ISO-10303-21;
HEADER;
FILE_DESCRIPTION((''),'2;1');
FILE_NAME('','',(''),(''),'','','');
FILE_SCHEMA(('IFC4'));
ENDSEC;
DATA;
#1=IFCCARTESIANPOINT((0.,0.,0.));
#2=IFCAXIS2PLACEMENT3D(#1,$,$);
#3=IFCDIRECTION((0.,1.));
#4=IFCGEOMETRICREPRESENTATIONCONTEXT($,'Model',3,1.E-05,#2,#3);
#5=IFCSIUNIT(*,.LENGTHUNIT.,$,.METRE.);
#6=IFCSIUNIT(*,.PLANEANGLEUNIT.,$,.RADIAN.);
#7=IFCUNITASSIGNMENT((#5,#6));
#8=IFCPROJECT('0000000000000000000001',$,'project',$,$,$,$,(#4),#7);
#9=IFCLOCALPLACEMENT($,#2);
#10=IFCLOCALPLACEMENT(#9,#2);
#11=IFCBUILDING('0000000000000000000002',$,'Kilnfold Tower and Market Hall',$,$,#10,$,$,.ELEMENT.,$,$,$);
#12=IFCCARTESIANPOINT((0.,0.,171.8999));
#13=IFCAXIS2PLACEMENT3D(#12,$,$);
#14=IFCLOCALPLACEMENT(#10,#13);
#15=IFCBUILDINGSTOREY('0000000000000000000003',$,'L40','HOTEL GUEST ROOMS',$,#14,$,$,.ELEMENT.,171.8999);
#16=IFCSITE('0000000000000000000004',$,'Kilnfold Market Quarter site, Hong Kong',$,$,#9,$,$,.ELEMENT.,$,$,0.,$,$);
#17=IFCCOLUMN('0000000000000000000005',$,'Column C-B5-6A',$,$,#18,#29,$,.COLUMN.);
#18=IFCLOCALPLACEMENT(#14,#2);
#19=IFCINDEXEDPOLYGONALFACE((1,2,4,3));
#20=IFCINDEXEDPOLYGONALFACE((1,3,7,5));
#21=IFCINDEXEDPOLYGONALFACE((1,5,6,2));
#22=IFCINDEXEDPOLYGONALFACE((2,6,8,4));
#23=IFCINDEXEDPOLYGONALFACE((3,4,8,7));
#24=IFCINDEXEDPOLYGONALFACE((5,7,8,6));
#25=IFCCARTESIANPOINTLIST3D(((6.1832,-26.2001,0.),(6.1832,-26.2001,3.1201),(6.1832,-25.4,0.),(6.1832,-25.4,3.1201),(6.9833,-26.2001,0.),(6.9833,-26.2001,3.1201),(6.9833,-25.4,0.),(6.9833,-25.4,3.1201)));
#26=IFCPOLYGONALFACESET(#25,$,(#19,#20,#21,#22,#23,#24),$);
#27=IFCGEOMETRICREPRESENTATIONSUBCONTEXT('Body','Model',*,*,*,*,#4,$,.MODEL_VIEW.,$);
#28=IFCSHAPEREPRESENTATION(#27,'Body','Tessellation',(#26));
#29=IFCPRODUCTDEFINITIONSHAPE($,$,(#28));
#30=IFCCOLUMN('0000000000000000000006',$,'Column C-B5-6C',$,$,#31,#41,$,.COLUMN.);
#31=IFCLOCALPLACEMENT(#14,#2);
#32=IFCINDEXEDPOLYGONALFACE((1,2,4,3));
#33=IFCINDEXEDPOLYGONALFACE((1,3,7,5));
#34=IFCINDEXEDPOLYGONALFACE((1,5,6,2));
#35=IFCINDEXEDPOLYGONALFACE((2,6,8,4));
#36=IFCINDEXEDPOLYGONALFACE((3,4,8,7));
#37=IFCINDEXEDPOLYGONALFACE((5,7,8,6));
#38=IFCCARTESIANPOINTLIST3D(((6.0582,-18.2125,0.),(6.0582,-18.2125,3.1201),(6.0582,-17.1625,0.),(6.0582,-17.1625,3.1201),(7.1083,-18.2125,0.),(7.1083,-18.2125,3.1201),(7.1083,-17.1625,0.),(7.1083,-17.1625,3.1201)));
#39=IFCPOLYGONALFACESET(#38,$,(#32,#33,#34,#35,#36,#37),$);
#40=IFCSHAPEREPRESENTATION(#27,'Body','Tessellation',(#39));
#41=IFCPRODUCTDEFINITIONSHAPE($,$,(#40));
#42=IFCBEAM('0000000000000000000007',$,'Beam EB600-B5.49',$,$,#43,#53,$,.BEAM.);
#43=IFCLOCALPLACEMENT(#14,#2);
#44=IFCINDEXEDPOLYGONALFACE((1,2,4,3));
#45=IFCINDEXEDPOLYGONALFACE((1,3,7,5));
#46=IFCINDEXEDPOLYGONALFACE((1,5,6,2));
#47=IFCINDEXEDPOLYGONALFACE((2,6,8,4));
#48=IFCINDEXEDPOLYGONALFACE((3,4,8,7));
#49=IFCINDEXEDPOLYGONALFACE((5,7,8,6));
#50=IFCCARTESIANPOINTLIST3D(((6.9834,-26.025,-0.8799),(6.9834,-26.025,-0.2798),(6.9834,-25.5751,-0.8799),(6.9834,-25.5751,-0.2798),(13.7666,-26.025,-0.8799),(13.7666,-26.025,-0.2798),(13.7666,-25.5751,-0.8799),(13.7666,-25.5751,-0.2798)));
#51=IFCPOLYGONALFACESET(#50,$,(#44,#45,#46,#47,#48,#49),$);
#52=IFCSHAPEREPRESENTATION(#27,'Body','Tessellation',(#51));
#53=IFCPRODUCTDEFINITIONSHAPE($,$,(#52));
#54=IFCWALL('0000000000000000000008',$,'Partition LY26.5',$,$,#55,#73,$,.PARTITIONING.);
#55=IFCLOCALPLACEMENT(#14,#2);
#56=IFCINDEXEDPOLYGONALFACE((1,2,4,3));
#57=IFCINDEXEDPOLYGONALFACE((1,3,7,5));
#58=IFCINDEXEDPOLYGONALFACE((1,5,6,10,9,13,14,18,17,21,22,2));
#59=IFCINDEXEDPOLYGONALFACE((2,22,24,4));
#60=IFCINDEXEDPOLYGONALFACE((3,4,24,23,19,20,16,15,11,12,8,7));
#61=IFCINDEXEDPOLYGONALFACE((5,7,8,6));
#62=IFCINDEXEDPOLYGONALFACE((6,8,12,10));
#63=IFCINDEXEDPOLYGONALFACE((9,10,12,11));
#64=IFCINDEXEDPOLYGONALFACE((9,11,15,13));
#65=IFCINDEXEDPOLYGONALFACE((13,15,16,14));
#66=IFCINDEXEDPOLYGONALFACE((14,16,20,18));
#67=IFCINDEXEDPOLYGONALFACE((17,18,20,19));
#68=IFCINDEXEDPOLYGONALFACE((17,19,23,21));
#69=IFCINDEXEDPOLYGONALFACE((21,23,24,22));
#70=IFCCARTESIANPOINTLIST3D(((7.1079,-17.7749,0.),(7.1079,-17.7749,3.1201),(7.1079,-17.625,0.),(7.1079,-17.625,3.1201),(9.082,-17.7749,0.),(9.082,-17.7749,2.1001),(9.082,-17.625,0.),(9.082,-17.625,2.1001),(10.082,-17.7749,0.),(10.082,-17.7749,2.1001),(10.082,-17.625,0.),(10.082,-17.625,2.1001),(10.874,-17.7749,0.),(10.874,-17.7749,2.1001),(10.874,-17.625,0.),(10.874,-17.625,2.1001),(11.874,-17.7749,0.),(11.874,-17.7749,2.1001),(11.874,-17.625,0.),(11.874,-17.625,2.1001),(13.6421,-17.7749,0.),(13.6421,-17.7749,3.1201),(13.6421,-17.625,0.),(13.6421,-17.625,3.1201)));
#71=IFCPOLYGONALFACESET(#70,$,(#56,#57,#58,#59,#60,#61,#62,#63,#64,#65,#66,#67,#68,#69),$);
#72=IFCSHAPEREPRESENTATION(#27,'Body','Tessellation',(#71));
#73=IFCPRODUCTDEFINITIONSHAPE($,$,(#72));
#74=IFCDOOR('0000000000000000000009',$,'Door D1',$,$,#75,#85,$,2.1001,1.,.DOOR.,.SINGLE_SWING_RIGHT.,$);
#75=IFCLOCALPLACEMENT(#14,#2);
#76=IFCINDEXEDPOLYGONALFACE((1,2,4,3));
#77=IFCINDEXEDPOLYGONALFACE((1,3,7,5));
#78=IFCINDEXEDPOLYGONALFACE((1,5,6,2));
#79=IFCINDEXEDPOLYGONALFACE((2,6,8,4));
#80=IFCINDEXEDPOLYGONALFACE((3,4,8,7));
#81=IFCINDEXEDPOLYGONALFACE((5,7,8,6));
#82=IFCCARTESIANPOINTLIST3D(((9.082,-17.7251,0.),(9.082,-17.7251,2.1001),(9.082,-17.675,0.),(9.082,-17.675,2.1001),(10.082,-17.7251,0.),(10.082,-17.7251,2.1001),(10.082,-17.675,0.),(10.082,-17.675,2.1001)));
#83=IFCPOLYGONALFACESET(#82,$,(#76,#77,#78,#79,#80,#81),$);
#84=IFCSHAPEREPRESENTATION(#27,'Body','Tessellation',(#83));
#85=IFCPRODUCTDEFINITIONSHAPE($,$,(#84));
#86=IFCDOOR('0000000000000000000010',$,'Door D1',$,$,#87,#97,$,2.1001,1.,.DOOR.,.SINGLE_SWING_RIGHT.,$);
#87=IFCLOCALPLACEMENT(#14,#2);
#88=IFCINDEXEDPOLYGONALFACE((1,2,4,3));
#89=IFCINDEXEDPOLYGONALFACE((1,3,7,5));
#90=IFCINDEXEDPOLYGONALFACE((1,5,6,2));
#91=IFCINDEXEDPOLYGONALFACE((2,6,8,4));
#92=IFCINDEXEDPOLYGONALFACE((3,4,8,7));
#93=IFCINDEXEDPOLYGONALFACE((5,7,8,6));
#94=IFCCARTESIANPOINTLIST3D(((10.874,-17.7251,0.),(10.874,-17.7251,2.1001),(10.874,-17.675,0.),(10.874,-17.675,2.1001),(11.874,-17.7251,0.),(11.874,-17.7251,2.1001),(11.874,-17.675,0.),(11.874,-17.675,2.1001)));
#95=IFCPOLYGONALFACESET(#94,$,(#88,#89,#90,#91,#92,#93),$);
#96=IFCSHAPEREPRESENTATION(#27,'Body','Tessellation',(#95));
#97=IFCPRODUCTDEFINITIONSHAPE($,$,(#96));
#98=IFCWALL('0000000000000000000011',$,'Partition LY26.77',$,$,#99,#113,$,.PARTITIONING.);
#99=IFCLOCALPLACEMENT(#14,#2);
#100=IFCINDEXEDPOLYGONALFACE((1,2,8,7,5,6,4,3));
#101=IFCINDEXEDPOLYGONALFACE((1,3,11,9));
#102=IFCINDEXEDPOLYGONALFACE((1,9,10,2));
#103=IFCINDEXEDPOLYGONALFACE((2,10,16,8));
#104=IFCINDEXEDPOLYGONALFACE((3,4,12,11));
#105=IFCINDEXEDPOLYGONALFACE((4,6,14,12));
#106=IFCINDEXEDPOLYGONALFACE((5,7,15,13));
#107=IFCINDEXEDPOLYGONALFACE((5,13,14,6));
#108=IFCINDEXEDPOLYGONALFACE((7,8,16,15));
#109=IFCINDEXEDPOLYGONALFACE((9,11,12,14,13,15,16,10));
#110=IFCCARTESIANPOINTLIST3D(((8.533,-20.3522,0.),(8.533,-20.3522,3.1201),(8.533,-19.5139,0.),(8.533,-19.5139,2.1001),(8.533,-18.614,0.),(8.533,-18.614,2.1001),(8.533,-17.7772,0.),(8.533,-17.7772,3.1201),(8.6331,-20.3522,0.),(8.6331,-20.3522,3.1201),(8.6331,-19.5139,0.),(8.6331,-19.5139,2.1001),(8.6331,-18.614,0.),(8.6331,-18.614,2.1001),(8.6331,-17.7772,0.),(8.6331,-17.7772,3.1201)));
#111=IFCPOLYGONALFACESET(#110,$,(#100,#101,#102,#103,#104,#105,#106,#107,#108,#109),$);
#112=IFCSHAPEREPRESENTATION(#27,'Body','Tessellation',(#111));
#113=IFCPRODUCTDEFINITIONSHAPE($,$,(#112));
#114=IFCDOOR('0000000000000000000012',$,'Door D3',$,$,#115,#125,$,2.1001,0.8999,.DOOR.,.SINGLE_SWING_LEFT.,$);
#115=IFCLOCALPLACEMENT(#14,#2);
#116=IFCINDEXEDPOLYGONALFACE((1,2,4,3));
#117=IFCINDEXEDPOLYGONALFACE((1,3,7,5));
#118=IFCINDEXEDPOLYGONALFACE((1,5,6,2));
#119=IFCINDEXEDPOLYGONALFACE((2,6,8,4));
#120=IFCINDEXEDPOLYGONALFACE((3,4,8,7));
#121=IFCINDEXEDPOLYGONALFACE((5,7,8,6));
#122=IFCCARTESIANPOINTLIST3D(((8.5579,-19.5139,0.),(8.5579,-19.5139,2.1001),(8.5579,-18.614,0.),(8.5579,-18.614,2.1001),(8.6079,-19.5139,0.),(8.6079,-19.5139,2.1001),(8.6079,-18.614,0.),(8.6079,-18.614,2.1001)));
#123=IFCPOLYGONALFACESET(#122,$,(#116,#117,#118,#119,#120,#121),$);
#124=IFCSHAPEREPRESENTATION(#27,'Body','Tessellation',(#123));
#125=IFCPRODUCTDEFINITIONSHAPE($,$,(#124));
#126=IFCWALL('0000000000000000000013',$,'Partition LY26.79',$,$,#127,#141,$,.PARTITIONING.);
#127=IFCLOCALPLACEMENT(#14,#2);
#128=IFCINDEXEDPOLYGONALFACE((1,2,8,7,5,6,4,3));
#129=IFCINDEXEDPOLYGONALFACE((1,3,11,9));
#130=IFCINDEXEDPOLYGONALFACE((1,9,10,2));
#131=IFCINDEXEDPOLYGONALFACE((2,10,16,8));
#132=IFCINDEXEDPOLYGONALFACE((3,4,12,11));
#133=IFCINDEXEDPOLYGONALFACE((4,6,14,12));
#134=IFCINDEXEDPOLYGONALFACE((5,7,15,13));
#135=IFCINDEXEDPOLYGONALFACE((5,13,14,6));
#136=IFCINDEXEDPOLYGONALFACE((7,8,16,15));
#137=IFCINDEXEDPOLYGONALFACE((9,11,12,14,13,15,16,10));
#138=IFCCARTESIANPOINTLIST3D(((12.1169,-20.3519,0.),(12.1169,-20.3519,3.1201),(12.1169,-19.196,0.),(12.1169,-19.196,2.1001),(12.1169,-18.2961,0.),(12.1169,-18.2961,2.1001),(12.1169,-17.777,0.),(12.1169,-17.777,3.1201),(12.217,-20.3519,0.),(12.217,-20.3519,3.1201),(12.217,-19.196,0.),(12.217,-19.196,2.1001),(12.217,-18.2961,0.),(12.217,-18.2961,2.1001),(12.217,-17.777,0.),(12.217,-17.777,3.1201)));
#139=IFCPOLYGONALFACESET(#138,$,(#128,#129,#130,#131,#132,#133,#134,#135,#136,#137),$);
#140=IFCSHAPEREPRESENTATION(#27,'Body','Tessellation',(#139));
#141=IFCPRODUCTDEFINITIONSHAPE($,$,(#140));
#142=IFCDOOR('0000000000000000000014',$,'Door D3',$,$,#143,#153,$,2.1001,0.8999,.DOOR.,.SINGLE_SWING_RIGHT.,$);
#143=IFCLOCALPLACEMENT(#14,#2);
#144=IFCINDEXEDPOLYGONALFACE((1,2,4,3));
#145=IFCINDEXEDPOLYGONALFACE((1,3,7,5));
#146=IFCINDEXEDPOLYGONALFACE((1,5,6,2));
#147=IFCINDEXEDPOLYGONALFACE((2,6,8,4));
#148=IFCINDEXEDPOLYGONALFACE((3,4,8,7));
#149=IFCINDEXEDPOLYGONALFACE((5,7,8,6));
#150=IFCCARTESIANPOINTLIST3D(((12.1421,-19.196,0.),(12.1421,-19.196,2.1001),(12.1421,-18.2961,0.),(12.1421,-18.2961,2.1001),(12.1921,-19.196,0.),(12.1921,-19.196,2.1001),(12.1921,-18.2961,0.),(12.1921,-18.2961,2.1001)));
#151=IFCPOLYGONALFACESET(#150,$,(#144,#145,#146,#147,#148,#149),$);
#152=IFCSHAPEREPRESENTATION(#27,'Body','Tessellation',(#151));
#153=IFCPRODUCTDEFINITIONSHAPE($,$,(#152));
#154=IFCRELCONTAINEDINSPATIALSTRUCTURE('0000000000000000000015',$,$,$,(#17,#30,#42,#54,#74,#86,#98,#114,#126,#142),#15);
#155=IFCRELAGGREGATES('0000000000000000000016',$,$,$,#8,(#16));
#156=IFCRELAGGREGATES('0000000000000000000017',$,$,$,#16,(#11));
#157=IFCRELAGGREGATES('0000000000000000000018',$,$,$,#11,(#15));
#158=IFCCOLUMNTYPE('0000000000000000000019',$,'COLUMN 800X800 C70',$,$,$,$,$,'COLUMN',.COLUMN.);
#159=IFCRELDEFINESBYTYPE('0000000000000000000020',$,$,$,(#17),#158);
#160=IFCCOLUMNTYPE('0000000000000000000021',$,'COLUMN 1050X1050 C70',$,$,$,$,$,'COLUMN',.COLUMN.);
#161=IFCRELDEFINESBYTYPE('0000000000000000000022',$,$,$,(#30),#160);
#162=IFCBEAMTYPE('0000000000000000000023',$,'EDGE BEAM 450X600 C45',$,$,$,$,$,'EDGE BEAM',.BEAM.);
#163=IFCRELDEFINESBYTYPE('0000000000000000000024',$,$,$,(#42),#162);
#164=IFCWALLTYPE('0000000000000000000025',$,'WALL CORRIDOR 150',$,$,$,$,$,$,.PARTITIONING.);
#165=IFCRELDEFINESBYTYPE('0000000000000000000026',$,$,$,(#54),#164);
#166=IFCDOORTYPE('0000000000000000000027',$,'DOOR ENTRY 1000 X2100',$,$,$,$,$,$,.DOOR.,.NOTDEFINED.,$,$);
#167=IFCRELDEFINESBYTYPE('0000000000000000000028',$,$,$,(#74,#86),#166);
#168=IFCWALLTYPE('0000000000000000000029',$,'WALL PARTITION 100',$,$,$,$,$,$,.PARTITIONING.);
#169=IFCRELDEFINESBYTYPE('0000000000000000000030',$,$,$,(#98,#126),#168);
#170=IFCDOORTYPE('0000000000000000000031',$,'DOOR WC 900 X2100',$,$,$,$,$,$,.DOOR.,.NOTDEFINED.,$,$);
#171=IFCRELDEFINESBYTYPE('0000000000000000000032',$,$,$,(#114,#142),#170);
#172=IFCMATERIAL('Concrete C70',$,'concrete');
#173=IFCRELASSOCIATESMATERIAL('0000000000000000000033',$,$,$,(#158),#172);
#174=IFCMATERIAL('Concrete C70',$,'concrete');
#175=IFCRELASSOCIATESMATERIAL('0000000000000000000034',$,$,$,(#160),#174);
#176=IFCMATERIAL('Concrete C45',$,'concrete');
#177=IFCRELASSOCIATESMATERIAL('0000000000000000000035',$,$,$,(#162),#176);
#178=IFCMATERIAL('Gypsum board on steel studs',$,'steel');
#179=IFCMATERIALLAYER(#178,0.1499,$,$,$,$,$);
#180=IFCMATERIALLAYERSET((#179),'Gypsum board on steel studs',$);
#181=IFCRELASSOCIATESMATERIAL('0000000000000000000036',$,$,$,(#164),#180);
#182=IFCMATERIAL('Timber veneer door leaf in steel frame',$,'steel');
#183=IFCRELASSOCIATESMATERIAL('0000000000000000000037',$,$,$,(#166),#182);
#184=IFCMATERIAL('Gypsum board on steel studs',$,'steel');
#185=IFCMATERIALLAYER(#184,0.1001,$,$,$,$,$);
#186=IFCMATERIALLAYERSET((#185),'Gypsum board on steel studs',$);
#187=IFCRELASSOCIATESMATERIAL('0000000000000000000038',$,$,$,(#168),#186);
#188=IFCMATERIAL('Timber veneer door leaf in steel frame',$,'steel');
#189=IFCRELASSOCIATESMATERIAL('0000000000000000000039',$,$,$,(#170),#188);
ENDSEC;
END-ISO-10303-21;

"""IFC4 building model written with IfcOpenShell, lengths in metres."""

from ifc_helpers import new_model, si_unit, direction, frame, frame_2d, origin, origin_2d, place, context, subcontext, project, spatial, rectangle, extrude, source, transform, mapped, material, layer, layer_set, material_profile, profile_set, type_object, element, fill, save


model = new_model("IFC4")

# Units and contexts
model_context = context("Model", 3, precision=1e-05, world=origin(), true_north=direction((0.0, 1.0)))
body_context = subcontext(model_context, "Body", "Model", "MODEL_VIEW")
ifc_project = project(units=[si_unit("LENGTHUNIT", "METRE"), si_unit("PLANEANGLEUNIT", "RADIAN")], contexts=[model_context])

# Site, building, storey
site_placement = place(None, origin())
site = spatial("IfcSite", under=ifc_project, at=site_placement, Name="Kilnfold Market Quarter site, Hong Kong", CompositionType="ELEMENT", RefElevation=0.0)
building_placement = place(site_placement, origin())
building = spatial("IfcBuilding", under=site, at=building_placement, Name="Kilnfold Tower and Market Hall", CompositionType="ELEMENT")
storey_placement = place(building_placement, frame((0.0, 0.0, 171.8999)))
storey = spatial("IfcBuildingStorey", under=building, at=storey_placement, Name="L40", Description="HOTEL GUEST ROOMS", CompositionType="ELEMENT", Elevation=171.8999)

# Columns
ifc_material_1 = material(Name="Concrete C70", Category="concrete")
ifc_material_profile_1 = material_profile(ifc_material_1, rectangle(XDim=0.8, YDim=0.8, at=origin_2d()), Name="RC 800x800")
ifc_profile_set_1 = profile_set([ifc_material_profile_1], Name="Concrete C70")
column_type_1 = type_object("IfcColumnType", Name="COLUMN 800X800 C70", ElementType="COLUMN", PredefinedType="COLUMN", material=ifc_profile_set_1)
shared_shape_1 = source(origin(), body_context, "Body", "SweptSolid", [
    extrude(rectangle(XDim=0.8, YDim=0.8, at=origin_2d()), origin(), (0.0, 0.0, 1.0), 3.1201),
])
column_1_placement = place(storey_placement, frame((6.5833, -25.8, 0.0), z_axis=(0.0, 0.0, 1.0), x_axis=(1.0, 0.0, 0.0)))
element("IfcColumn", 1, at=column_1_placement, inside=storey, type_object=column_type_1, Name="Column C-B5-6A", PredefinedType="COLUMN", context=body_context, shape_type="MappedRepresentation", body=[
    mapped(shared_shape_1, transform((0.0, 0.0, 0.0))),
])
ifc_material_2 = material(Name="Concrete C70", Category="concrete")
ifc_material_profile_2 = material_profile(ifc_material_2, rectangle(XDim=1.05, YDim=1.05, at=origin_2d()), Name="RC 1050x1050")
ifc_profile_set_2 = profile_set([ifc_material_profile_2], Name="Concrete C70")
column_type_2 = type_object("IfcColumnType", Name="COLUMN 1050X1050 C70", ElementType="COLUMN", PredefinedType="COLUMN", material=ifc_profile_set_2)
shared_shape_2 = source(origin(), body_context, "Body", "SweptSolid", [
    extrude(rectangle(XDim=1.05, YDim=1.05, at=origin_2d()), origin(), (0.0, 0.0, 1.0), 3.1201),
])
column_2_placement = place(storey_placement, frame((6.5833, -17.6875, 0.0), z_axis=(0.0, 0.0, 1.0), x_axis=(1.0, 0.0, 0.0)))
element("IfcColumn", 2, at=column_2_placement, inside=storey, type_object=column_type_2, Name="Column C-B5-6C", PredefinedType="COLUMN", context=body_context, shape_type="MappedRepresentation", body=[
    mapped(shared_shape_2, transform((0.0, 0.0, 0.0))),
])

# Beam
ifc_material_3 = material(Name="Concrete C45", Category="concrete")
ifc_material_profile_3 = material_profile(ifc_material_3, rectangle(XDim=0.45, YDim=0.6001, at=origin_2d()), Name="RC 450x600")
ifc_profile_set_3 = profile_set([ifc_material_profile_3], Name="Concrete C45")
beam_type = type_object("IfcBeamType", Name="EDGE BEAM 450X600 C45", ElementType="EDGE BEAM", PredefinedType="BEAM", material=ifc_profile_set_3)
shared_shape_3 = source(origin(), body_context, "Body", "SweptSolid", [
    extrude(rectangle(XDim=0.45, YDim=0.6001, at=origin_2d()), origin(), (0.0, 0.0, 1.0), 6.7832),
])
beam_placement = place(storey_placement, frame((6.9834, -25.8, -0.5798), z_axis=(1.0, 0.0, 0.0), x_axis=(0.0, 1.0, 0.0)))
element("IfcBeam", 3, at=beam_placement, inside=storey, type_object=beam_type, Name="Beam EB600-B5.49", PredefinedType="BEAM", context=body_context, shape_type="MappedRepresentation", body=[
    mapped(shared_shape_3, transform((0.0, 0.0, 0.0))),
])

# Wall, openings, doors
ifc_material_4 = material(Name="Gypsum board on steel studs", Category="steel")
ifc_layer_1 = layer(ifc_material_4, 0.1499)
ifc_layer_set_1 = layer_set([ifc_layer_1], Name="Gypsum board on steel studs")
wall_type_1 = type_object("IfcWallType", Name="WALL CORRIDOR 150", PredefinedType="PARTITIONING", material=ifc_layer_set_1)
wall_1_placement = place(storey_placement, frame((7.1079, -17.7, 0.0), z_axis=(0.0, 0.0, 1.0), x_axis=(1.0, 0.0, 0.0)))
wall_1 = element("IfcWall", 4, at=wall_1_placement, inside=storey, type_object=wall_type_1, Name="Partition LY26.5", PredefinedType="PARTITIONING", context=body_context, shape_type="SweptSolid", body=[
    extrude(rectangle(XDim=6.5342, YDim=0.1499, at=frame_2d((3.2671, 0.0))), origin(), (0.0, 0.0, 1.0), 3.1201),
])
opening_1_placement = place(wall_1_placement, frame((1.9741, 0.0, 0.0)))
opening_1 = element("IfcOpeningElement", 5, at=opening_1_placement, cuts=wall_1, PredefinedType="OPENING", context=body_context, shape_type="SweptSolid", body=[
    extrude(rectangle(XDim=1.0, YDim=2.1001, at=frame_2d((0.5, 1.05))), frame((0.0, 0.085, 0.0), z_axis=(0.0, -1.0, 0.0), x_axis=(1.0, 0.0, 0.0)), (0.0, 0.0, 1.0), 0.1699),
])
opening_2_placement = place(wall_1_placement, frame((3.7661, 0.0, 0.0)))
opening_2 = element("IfcOpeningElement", 6, at=opening_2_placement, cuts=wall_1, PredefinedType="OPENING", context=body_context, shape_type="SweptSolid", body=[
    extrude(rectangle(XDim=1.0, YDim=2.1001, at=frame_2d((0.5, 1.05))), frame((0.0, 0.085, 0.0), z_axis=(0.0, -1.0, 0.0), x_axis=(1.0, 0.0, 0.0)), (0.0, 0.0, 1.0), 0.1699),
])
ifc_material_5 = material(Name="Timber veneer door leaf in steel frame", Category="steel")
door_type_1 = type_object("IfcDoorType", Name="DOOR ENTRY 1000 X2100", OperationType="NOTDEFINED", PredefinedType="DOOR", material=ifc_material_5)
door_1_placement = place(opening_1_placement, origin())
door_1 = element("IfcDoor", 7, at=door_1_placement, inside=storey, type_object=door_type_1, Name="Door D1", OperationType="SINGLE_SWING_RIGHT", OverallHeight=2.1001, OverallWidth=1.0, PredefinedType="DOOR", context=body_context, shape_type="SweptSolid", body=[
    extrude(rectangle(XDim=1.0, YDim=2.1001, at=frame_2d((0.5, 1.05))), frame((0.0, 0.0249, 0.0), z_axis=(0.0, -1.0, 0.0), x_axis=(1.0, 0.0, 0.0)), (0.0, 0.0, 1.0), 0.05),
])
fill(opening_1, door_1)
door_2_placement = place(opening_2_placement, origin())
door_2 = element("IfcDoor", 8, at=door_2_placement, inside=storey, type_object=door_type_1, Name="Door D1", OperationType="SINGLE_SWING_RIGHT", OverallHeight=2.1001, OverallWidth=1.0, PredefinedType="DOOR", context=body_context, shape_type="SweptSolid", body=[
    extrude(rectangle(XDim=1.0, YDim=2.1001, at=frame_2d((0.5, 1.05))), frame((0.0, 0.0249, 0.0), z_axis=(0.0, -1.0, 0.0), x_axis=(1.0, 0.0, 0.0)), (0.0, 0.0, 1.0), 0.05),
])
fill(opening_2, door_2)

# Walls, openings, doors
ifc_material_6 = material(Name="Gypsum board on steel studs", Category="steel")
ifc_layer_2 = layer(ifc_material_6, 0.1001)
ifc_layer_set_2 = layer_set([ifc_layer_2], Name="Gypsum board on steel studs")
wall_type_2 = type_object("IfcWallType", Name="WALL PARTITION 100", PredefinedType="PARTITIONING", material=ifc_layer_set_2)
wall_2_placement = place(storey_placement, frame((8.583, -17.7771, 0.0), z_axis=(0.0, 0.0, 1.0), x_axis=(0.0, -1.0, 0.0)))
wall_2 = element("IfcWall", 9, at=wall_2_placement, inside=storey, type_object=wall_type_2, Name="Partition LY26.77", PredefinedType="PARTITIONING", context=body_context, shape_type="SweptSolid", body=[
    extrude(rectangle(XDim=2.575, YDim=0.1001, at=frame_2d((1.2876, 0.0))), origin(), (0.0, 0.0, 1.0), 3.1201),
])
opening_3_placement = place(wall_2_placement, frame((0.8369, 0.0, 0.0)))
opening_3 = element("IfcOpeningElement", 10, at=opening_3_placement, cuts=wall_2, PredefinedType="OPENING", context=body_context, shape_type="SweptSolid", body=[
    extrude(rectangle(XDim=0.8999, YDim=2.1001, at=frame_2d((0.45, 1.05))), frame((0.0, 0.0601, 0.0), z_axis=(0.0, -1.0, 0.0), x_axis=(1.0, 0.0, 0.0)), (0.0, 0.0, 1.0), 0.1201),
])
ifc_material_7 = material(Name="Timber veneer door leaf in steel frame", Category="steel")
door_type_2 = type_object("IfcDoorType", Name="DOOR WC 900 X2100", OperationType="NOTDEFINED", PredefinedType="DOOR", material=ifc_material_7)
door_3_placement = place(opening_3_placement, origin())
door_3 = element("IfcDoor", 11, at=door_3_placement, inside=storey, type_object=door_type_2, Name="Door D3", OperationType="SINGLE_SWING_LEFT", OverallHeight=2.1001, OverallWidth=0.8999, PredefinedType="DOOR", context=body_context, shape_type="SweptSolid", body=[
    extrude(rectangle(XDim=0.8999, YDim=2.1001, at=frame_2d((0.45, 1.05))), frame((0.0, 0.0249, 0.0), z_axis=(0.0, -1.0, 0.0), x_axis=(1.0, 0.0, 0.0)), (0.0, 0.0, 1.0), 0.05),
])
fill(opening_3, door_3)
wall_3_placement = place(storey_placement, frame((12.167, -20.3521, 0.0), z_axis=(0.0, 0.0, 1.0), x_axis=(0.0, 1.0, 0.0)))
wall_3 = element("IfcWall", 12, at=wall_3_placement, inside=storey, type_object=wall_type_2, Name="Partition LY26.79", PredefinedType="PARTITIONING", context=body_context, shape_type="SweptSolid", body=[
    extrude(rectangle(XDim=2.575, YDim=0.1001, at=frame_2d((1.2876, 0.0))), origin(), (0.0, 0.0, 1.0), 3.1201),
])
opening_4_placement = place(wall_3_placement, frame((1.156, 0.0, 0.0)))
opening_4 = element("IfcOpeningElement", 13, at=opening_4_placement, cuts=wall_3, PredefinedType="OPENING", context=body_context, shape_type="SweptSolid", body=[
    extrude(rectangle(XDim=0.8999, YDim=2.1001, at=frame_2d((0.45, 1.05))), frame((0.0, 0.0601, 0.0), z_axis=(0.0, -1.0, 0.0), x_axis=(1.0, 0.0, 0.0)), (0.0, 0.0, 1.0), 0.1201),
])
door_4_placement = place(opening_4_placement, origin())
door_4 = element("IfcDoor", 14, at=door_4_placement, inside=storey, type_object=door_type_2, Name="Door D3", OperationType="SINGLE_SWING_RIGHT", OverallHeight=2.1001, OverallWidth=0.8999, PredefinedType="DOOR", context=body_context, shape_type="SweptSolid", body=[
    extrude(rectangle(XDim=0.8999, YDim=2.1001, at=frame_2d((0.45, 1.05))), frame((0.0, 0.0249, 0.0), z_axis=(0.0, -1.0, 0.0), x_axis=(1.0, 0.0, 0.0)), (0.0, 0.0, 1.0), 0.05),
])
fill(opening_4, door_4)

save(model, "model.ifc")
